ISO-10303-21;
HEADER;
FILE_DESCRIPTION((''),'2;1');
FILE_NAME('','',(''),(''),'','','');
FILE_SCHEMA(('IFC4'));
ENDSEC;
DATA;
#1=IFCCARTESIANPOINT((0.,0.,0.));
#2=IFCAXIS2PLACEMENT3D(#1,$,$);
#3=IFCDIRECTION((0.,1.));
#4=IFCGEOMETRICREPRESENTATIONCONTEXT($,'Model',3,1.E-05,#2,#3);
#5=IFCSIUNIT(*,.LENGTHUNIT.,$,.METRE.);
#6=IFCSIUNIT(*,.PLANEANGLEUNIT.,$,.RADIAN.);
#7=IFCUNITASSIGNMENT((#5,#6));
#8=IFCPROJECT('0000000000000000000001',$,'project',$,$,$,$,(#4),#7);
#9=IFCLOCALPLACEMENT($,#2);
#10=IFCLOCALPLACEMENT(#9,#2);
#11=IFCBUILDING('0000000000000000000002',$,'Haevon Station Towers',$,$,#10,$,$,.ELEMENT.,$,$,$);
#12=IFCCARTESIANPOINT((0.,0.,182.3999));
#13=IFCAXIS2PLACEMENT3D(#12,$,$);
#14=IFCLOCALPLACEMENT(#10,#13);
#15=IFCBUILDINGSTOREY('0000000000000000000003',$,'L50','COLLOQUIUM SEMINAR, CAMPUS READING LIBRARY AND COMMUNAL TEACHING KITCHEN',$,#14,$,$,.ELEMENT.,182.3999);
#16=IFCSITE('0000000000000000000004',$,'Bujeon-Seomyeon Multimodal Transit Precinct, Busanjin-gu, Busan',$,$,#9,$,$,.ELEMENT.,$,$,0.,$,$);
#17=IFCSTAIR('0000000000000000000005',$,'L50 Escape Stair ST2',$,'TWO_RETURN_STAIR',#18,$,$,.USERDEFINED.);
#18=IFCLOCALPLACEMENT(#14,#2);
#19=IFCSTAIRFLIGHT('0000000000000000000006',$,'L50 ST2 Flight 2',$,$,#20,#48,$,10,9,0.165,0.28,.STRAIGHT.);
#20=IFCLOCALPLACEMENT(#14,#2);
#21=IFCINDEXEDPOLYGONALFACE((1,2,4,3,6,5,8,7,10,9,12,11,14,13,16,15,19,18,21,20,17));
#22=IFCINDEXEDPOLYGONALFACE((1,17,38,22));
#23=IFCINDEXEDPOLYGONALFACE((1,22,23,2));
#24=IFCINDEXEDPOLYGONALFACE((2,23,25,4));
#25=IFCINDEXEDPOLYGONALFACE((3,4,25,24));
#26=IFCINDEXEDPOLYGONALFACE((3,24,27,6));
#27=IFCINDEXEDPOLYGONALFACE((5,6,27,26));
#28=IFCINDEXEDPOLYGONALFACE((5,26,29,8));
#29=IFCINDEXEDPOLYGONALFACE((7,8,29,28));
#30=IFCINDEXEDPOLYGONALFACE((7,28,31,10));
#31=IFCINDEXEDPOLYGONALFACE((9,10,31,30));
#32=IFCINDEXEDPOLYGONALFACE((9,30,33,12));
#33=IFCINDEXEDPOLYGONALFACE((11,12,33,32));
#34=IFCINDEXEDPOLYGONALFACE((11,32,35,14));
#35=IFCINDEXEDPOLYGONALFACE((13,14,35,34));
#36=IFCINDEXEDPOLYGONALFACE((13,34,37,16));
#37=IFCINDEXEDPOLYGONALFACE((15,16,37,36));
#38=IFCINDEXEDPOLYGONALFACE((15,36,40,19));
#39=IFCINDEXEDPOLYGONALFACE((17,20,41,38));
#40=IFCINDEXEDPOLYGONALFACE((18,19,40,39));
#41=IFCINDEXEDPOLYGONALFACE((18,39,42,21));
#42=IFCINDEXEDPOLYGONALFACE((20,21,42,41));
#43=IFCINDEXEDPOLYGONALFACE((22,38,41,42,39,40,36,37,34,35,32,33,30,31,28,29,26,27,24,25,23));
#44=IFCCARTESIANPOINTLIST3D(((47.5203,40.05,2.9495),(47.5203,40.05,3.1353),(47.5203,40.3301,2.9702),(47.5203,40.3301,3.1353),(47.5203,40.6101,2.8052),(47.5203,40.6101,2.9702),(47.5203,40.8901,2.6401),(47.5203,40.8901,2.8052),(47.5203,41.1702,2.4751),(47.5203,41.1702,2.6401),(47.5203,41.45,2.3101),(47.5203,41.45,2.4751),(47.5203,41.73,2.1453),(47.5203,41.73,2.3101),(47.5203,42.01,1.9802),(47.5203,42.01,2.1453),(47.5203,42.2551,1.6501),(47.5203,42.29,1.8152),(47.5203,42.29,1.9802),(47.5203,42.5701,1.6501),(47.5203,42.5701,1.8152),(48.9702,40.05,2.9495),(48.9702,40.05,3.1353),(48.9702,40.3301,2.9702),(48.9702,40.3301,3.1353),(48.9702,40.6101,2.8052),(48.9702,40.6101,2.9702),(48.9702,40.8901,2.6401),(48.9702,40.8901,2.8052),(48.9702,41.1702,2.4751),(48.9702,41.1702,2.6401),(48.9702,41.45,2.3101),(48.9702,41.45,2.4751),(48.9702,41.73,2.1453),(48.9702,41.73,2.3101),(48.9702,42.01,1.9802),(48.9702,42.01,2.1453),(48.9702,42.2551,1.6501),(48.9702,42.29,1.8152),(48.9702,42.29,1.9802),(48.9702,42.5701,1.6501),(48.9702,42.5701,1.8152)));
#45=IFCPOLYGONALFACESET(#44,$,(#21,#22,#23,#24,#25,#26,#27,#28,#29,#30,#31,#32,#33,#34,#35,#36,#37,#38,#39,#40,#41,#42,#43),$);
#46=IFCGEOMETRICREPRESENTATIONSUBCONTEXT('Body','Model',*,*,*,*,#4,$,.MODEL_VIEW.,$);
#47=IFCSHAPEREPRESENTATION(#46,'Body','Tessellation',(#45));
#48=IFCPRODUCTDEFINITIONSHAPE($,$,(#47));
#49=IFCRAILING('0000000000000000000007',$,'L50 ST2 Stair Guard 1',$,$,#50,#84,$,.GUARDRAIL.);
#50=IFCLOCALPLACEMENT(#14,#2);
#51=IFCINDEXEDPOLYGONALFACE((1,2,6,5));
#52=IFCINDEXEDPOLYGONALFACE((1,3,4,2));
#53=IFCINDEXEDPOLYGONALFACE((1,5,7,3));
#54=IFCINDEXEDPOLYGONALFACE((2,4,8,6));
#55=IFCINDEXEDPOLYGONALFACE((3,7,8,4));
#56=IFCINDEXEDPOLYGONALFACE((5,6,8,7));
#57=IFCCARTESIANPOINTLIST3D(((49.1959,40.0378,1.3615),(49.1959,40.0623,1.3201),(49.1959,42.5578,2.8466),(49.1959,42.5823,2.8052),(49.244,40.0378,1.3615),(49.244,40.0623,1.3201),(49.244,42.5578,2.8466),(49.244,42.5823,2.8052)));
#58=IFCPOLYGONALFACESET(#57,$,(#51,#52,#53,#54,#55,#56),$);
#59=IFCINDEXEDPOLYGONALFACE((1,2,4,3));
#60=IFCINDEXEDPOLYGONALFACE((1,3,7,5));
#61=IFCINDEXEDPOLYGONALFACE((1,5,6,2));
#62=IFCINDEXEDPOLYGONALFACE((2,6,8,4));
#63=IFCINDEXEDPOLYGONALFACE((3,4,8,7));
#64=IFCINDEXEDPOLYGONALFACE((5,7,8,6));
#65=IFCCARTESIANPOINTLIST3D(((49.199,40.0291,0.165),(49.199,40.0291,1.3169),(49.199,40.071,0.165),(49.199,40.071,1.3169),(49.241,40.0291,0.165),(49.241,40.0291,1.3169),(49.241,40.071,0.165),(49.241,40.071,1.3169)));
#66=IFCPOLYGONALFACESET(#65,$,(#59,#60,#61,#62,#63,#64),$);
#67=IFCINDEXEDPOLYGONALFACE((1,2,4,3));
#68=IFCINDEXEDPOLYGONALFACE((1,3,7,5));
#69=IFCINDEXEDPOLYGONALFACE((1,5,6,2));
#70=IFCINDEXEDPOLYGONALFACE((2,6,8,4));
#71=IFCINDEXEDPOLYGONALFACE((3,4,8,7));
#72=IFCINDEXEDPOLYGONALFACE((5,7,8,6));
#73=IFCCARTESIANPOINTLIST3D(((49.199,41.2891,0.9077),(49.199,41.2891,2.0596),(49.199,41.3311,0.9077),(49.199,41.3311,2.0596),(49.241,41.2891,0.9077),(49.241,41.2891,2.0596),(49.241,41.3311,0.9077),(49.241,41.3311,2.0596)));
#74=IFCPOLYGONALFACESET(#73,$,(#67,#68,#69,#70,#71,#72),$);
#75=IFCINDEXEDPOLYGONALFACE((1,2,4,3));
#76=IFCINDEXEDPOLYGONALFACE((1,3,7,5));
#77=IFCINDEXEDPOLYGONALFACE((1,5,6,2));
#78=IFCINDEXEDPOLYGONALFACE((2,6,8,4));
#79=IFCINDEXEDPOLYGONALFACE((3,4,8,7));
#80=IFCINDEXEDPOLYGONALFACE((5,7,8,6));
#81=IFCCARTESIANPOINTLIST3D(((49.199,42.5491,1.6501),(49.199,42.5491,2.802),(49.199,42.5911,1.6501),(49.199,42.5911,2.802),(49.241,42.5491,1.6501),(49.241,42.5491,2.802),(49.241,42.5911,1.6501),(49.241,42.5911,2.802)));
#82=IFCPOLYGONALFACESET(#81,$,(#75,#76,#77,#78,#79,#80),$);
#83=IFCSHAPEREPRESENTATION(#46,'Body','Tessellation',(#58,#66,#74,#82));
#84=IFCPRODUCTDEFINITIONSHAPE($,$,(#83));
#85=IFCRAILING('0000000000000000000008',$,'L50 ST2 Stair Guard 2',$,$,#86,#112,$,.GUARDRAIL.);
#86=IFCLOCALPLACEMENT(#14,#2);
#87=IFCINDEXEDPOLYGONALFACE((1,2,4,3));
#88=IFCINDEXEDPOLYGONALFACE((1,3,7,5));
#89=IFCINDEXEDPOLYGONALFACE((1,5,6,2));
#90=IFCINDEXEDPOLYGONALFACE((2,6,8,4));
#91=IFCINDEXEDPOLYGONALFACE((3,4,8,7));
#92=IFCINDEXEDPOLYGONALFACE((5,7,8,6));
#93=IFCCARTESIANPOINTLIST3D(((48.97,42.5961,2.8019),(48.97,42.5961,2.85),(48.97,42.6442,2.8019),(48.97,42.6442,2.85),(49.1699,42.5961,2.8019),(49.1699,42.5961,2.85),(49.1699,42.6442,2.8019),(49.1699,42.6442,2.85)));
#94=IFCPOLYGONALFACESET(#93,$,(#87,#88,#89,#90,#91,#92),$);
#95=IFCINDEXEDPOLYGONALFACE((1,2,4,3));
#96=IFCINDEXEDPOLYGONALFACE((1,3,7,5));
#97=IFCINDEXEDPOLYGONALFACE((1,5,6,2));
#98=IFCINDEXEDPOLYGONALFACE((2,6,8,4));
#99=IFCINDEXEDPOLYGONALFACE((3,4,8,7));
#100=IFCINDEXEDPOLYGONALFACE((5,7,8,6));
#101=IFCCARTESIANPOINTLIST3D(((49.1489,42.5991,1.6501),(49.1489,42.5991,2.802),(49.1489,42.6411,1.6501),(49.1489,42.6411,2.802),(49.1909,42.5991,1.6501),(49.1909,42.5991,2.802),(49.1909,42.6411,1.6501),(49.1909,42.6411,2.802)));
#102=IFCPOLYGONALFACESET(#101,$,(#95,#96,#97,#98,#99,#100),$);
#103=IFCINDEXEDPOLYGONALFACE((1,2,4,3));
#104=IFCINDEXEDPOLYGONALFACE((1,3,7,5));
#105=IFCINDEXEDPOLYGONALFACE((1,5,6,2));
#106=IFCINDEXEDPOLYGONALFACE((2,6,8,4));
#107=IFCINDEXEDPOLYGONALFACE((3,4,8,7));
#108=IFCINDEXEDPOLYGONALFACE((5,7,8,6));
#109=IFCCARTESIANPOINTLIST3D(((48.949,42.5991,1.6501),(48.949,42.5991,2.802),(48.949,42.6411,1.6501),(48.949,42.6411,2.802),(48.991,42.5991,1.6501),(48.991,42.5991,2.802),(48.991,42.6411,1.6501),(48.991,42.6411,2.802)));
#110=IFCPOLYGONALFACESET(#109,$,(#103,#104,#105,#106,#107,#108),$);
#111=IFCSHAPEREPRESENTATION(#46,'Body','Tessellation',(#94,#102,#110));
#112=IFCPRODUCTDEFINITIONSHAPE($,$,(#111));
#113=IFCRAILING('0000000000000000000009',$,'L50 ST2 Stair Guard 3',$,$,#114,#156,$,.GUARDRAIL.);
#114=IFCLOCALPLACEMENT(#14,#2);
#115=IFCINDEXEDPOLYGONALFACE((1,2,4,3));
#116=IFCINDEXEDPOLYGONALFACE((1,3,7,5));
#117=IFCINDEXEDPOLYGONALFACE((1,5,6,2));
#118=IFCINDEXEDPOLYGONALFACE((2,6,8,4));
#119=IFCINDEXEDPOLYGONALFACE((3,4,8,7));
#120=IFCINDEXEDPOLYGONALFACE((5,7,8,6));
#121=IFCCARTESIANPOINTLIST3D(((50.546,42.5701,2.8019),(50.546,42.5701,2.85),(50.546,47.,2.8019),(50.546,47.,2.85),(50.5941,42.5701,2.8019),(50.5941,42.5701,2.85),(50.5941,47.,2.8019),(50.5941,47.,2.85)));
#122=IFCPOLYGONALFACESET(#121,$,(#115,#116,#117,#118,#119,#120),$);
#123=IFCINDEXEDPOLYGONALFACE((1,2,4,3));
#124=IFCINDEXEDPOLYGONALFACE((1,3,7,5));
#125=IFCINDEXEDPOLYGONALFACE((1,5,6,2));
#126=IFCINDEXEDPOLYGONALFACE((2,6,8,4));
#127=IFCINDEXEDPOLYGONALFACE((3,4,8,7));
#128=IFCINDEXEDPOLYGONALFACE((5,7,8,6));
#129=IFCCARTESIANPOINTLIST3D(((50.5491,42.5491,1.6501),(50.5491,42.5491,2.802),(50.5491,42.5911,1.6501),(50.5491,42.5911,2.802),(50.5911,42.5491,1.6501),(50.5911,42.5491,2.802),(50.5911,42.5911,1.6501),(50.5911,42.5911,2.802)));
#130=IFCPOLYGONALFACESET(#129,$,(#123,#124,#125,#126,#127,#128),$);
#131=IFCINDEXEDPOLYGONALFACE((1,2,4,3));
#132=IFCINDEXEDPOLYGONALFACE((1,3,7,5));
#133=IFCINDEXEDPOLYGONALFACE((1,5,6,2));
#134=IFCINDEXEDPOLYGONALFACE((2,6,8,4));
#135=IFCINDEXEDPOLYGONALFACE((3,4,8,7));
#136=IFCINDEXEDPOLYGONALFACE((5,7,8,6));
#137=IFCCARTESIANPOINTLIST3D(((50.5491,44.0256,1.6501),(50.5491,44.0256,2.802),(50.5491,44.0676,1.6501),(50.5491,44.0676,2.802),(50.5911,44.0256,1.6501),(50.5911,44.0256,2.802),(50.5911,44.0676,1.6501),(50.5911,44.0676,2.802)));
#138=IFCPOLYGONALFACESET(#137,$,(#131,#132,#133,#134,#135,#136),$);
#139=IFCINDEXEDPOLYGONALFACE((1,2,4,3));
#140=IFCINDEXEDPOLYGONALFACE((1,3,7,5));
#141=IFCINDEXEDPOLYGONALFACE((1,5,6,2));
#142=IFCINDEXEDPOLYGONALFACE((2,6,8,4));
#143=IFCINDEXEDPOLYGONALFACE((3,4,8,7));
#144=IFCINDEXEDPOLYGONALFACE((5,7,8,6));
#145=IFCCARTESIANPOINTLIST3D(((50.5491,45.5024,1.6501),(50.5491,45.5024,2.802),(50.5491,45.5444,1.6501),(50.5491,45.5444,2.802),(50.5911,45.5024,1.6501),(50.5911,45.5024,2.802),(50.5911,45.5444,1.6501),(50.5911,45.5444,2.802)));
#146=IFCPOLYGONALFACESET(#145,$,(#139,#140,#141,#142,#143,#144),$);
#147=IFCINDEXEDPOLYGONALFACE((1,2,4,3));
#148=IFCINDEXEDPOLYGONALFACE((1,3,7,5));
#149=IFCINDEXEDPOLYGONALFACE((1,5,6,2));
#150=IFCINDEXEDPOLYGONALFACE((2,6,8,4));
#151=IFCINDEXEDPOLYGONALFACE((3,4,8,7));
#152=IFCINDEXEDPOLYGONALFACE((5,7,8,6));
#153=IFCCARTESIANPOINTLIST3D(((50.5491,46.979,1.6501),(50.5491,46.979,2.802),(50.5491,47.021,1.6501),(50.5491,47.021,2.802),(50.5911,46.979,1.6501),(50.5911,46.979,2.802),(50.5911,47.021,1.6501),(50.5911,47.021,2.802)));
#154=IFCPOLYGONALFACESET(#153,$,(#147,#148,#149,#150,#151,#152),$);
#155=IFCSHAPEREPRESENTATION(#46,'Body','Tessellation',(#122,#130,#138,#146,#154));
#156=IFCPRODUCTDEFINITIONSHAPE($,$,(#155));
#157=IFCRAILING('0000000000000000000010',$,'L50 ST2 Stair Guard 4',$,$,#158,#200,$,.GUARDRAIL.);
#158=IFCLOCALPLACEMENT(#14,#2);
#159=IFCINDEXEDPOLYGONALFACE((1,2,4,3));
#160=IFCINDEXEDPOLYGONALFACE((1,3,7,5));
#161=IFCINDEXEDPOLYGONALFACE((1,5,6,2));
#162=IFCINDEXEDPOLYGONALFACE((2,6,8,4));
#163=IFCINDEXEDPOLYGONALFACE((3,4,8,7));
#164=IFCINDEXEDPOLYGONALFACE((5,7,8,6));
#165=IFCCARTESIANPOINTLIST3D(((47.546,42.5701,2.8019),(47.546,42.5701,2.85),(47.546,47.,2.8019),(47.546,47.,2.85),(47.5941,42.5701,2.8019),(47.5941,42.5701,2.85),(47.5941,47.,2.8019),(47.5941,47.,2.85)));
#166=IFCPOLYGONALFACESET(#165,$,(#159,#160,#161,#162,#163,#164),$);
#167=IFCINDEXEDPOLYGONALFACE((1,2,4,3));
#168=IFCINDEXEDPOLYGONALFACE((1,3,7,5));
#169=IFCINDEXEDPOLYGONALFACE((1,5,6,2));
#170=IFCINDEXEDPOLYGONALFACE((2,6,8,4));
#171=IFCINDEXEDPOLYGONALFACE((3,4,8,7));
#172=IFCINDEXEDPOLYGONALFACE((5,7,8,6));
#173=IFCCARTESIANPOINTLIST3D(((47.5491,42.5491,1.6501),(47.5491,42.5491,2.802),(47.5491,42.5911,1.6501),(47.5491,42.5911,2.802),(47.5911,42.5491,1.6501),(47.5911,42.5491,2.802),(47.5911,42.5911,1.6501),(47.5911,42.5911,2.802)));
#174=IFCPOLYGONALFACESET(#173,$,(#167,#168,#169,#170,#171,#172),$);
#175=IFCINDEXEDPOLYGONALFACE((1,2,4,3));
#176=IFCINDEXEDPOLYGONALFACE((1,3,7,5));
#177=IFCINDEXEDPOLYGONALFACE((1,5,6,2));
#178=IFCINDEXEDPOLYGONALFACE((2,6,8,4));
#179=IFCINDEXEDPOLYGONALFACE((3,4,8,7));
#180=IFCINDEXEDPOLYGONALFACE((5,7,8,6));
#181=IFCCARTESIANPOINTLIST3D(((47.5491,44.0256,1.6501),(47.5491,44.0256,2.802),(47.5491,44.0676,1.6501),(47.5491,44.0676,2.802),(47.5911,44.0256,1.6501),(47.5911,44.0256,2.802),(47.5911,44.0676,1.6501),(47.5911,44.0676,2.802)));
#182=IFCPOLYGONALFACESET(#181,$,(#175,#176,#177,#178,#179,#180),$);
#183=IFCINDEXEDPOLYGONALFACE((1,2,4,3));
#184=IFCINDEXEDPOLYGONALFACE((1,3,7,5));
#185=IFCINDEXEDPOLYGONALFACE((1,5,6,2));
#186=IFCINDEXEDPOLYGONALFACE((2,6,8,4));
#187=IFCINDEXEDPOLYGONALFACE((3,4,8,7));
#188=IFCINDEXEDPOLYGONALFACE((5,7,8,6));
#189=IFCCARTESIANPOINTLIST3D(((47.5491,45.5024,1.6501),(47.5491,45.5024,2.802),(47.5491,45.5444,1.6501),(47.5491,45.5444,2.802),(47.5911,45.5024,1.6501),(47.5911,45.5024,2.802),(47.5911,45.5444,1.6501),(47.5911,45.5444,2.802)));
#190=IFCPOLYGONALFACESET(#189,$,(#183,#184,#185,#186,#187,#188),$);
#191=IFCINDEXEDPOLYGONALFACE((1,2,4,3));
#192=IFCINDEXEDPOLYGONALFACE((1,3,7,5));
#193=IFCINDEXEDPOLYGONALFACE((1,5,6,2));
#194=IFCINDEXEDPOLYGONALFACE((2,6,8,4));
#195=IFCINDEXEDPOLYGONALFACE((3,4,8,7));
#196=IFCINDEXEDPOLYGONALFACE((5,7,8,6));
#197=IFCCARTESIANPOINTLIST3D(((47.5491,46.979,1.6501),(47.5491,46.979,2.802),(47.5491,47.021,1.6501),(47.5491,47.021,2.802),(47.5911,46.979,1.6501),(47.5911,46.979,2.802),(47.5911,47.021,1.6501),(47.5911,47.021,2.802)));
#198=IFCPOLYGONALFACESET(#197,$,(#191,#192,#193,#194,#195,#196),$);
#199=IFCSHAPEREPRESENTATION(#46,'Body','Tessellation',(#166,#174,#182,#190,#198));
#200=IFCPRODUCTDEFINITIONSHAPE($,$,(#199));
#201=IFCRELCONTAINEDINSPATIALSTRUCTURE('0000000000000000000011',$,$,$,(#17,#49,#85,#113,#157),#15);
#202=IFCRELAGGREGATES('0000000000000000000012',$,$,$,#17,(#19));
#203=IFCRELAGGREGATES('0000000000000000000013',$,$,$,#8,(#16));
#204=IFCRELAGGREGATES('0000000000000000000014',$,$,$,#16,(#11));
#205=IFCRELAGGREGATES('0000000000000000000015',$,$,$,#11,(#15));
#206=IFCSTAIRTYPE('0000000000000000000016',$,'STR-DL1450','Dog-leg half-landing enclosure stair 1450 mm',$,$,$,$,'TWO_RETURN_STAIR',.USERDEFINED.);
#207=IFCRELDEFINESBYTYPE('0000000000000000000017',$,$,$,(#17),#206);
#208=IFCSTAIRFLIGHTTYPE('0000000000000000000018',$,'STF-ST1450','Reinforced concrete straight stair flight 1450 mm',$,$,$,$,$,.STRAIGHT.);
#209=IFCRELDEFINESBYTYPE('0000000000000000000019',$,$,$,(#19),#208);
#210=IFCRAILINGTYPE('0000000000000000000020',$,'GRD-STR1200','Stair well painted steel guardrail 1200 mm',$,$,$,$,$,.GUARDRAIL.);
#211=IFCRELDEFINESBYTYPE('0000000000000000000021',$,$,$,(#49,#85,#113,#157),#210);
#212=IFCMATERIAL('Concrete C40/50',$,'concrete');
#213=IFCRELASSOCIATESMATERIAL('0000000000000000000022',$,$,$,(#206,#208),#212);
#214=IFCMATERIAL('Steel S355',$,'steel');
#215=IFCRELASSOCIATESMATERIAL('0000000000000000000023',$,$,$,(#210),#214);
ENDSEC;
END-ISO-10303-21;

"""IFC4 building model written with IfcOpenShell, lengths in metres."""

from ifc_helpers import new_model, si_unit, direction, frame, origin, origin_2d, place, context, subcontext, project, spatial, polyline, rectangle, outline, extrude, material, type_object, element, aggregate, save


model = new_model("IFC4")

# Units and contexts
model_context = context("Model", 3, precision=1e-05, world=origin(), true_north=direction((0.0, 1.0)))
body_context = subcontext(model_context, "Body", "Model", "MODEL_VIEW")
ifc_project = project(units=[si_unit("LENGTHUNIT", "METRE"), si_unit("PLANEANGLEUNIT", "RADIAN")], contexts=[model_context])

# Site, building, storey
site_placement = place(None, origin())
site = spatial("IfcSite", under=ifc_project, at=site_placement, Name="Bujeon-Seomyeon Multimodal Transit Precinct, Busanjin-gu, Busan", CompositionType="ELEMENT", RefElevation=0.0)
building_placement = place(site_placement, origin())
building = spatial("IfcBuilding", under=site, at=building_placement, Name="Haevon Station Towers", CompositionType="ELEMENT")
storey_placement = place(building_placement, frame((0.0, 0.0, 182.3999)))
storey = spatial("IfcBuildingStorey", under=building, at=storey_placement, Name="L50", Description="COLLOQUIUM SEMINAR, CAMPUS READING LIBRARY AND COMMUNAL TEACHING KITCHEN", CompositionType="ELEMENT", Elevation=182.3999)

# Shared definitions
ifc_material_1 = material(Name="Steel S355", Category="steel")

# Stair, stair flight
ifc_material_2 = material(Name="Concrete C40/50", Category="concrete")
stair_type = type_object("IfcStairType", Name="STR-DL1450", Description="Dog-leg half-landing enclosure stair 1450 mm", ElementType="TWO_RETURN_STAIR", PredefinedType="USERDEFINED", material=ifc_material_2)
stair_placement = place(storey_placement, origin())
stair = element("IfcStair", 1, at=stair_placement, inside=storey, type_object=stair_type, Name="L50 Escape Stair ST2", ObjectType="TWO_RETURN_STAIR", PredefinedType="USERDEFINED")
stair_flight_type = type_object("IfcStairFlightType", Name="STF-ST1450", Description="Reinforced concrete straight stair flight 1450 mm", PredefinedType="STRAIGHT", material=ifc_material_2)
stair_flight_1_placement = place(storey_placement, frame((48.2451, 42.5701, 1.6501), z_axis=(0.0, 0.0, 1.0), x_axis=(0.0, -1.0, 0.0)))
stair_flight_1 = element("IfcStairFlight", 2, at=stair_flight_1_placement, type_object=stair_flight_type, Name="L50 ST2 Flight 2", NumberOfRisers=10, NumberOfTreads=9, PredefinedType="STRAIGHT", RiserHeight=0.165, TreadLength=0.28, context=body_context, shape_type="SweptSolid", body=[
    extrude(outline(polyline([(0.0, 0.0), (0.0, 0.165), (0.28, 0.165), (0.28, 0.3301), (0.5601, 0.3301), (0.5601, 0.4951), (0.8401, 0.4951), (0.8401, 0.6599), (1.1201, 0.6599), (1.1201, 0.825), (1.3999, 0.825), (1.3999, 0.99), (1.6799, 0.99), (1.6799, 1.155), (1.96, 1.155), (1.96, 1.3201), (2.24, 1.3201), (2.24, 1.4851), (2.52, 1.4851), (2.52, 1.6499), (2.52, 1.2993), (0.3149, 0.0), (0.0, 0.0)])), frame((0.0, 0.7251, 0.0), z_axis=(0.0, -1.0, 0.0), x_axis=(1.0, 0.0, 0.0)), (0.0, 0.0, 1.0), 1.45),
])
aggregate(stair, [stair_flight_1])

# Railings
railing_type_1 = type_object("IfcRailingType", Name="GRD-STR1200", Description="Stair well painted steel guardrail 1200 mm", PredefinedType="GUARDRAIL", material=ifc_material_1)
railing_1_placement = place(storey_placement, frame((49.22, 40.05, 0.165)))
element("IfcRailing", 3, at=railing_1_placement, inside=storey, type_object=railing_type_1, Name="L50 ST2 Stair Guard 1", PredefinedType="GUARDRAIL", context=body_context, shape_type="SweptSolid", body=[
    extrude(rectangle(XDim=0.0481, YDim=0.0481, at=origin_2d()), frame((0.0, 0.0, 1.1758), z_axis=(0.0, 0.861524, 0.507717), x_axis=(-1.0, 0.0, 0.0)), (0.0, 0.0, 1.0), 2.925),
    extrude(rectangle(XDim=0.042, YDim=0.042, at=origin_2d()), origin(), (0.0, 0.0, 1.0), 1.1519),
    extrude(rectangle(XDim=0.042, YDim=0.042, at=origin_2d()), frame((0.0, 1.26, 0.7427)), (0.0, 0.0, 1.0), 1.1519),
    extrude(rectangle(XDim=0.042, YDim=0.042, at=origin_2d()), frame((0.0, 2.52, 1.4851)), (0.0, 0.0, 1.0), 1.1519),
])
railing_2_placement = place(storey_placement, frame((49.1699, 42.6201, 1.6501)))
element("IfcRailing", 4, at=railing_2_placement, inside=storey, type_object=railing_type_1, Name="L50 ST2 Stair Guard 2", PredefinedType="GUARDRAIL", context=body_context, shape_type="SweptSolid", body=[
    extrude(rectangle(XDim=0.0481, YDim=0.0481, at=origin_2d()), frame((0.0, 0.0, 1.1758), z_axis=(-1.0, 0.0, 0.0), x_axis=(0.0, -1.0, 0.0)), (0.0, 0.0, 1.0), 0.2),
    extrude(rectangle(XDim=0.042, YDim=0.042, at=origin_2d()), origin(), (0.0, 0.0, 1.0), 1.1519),
    extrude(rectangle(XDim=0.042, YDim=0.042, at=origin_2d()), frame((-0.2, 0.0, 0.0)), (0.0, 0.0, 1.0), 1.1519),
])
for number, where, name in (
    (5, (50.5701, 42.5701, 1.6501), "L50 ST2 Stair Guard 3"),
    (6, (47.5701, 42.5701, 1.6501), "L50 ST2 Stair Guard 4"),
):
    element("IfcRailing", number, at=place(storey_placement, frame(where)), inside=storey, type_object=railing_type_1, Name=name, PredefinedType="GUARDRAIL", context=body_context, shape_type="SweptSolid", body=[
        extrude(rectangle(XDim=0.0481, YDim=0.0481, at=origin_2d()), frame((0.0, 0.0, 1.1758), z_axis=(0.0, 1.0, 0.0), x_axis=(-1.0, 0.0, 0.0)), (0.0, 0.0, 1.0), 4.4299),
        extrude(rectangle(XDim=0.042, YDim=0.042, at=origin_2d()), origin(), (0.0, 0.0, 1.0), 1.1519),
        extrude(rectangle(XDim=0.042, YDim=0.042, at=origin_2d()), frame((0.0, 1.4766, 0.0)), (0.0, 0.0, 1.0), 1.1519),
        extrude(rectangle(XDim=0.042, YDim=0.042, at=origin_2d()), frame((0.0, 2.9534, 0.0)), (0.0, 0.0, 1.0), 1.1519),
        extrude(rectangle(XDim=0.042, YDim=0.042, at=origin_2d()), frame((0.0, 4.4299, 0.0)), (0.0, 0.0, 1.0), 1.1519),
    ])

save(model, "model.ifc")
